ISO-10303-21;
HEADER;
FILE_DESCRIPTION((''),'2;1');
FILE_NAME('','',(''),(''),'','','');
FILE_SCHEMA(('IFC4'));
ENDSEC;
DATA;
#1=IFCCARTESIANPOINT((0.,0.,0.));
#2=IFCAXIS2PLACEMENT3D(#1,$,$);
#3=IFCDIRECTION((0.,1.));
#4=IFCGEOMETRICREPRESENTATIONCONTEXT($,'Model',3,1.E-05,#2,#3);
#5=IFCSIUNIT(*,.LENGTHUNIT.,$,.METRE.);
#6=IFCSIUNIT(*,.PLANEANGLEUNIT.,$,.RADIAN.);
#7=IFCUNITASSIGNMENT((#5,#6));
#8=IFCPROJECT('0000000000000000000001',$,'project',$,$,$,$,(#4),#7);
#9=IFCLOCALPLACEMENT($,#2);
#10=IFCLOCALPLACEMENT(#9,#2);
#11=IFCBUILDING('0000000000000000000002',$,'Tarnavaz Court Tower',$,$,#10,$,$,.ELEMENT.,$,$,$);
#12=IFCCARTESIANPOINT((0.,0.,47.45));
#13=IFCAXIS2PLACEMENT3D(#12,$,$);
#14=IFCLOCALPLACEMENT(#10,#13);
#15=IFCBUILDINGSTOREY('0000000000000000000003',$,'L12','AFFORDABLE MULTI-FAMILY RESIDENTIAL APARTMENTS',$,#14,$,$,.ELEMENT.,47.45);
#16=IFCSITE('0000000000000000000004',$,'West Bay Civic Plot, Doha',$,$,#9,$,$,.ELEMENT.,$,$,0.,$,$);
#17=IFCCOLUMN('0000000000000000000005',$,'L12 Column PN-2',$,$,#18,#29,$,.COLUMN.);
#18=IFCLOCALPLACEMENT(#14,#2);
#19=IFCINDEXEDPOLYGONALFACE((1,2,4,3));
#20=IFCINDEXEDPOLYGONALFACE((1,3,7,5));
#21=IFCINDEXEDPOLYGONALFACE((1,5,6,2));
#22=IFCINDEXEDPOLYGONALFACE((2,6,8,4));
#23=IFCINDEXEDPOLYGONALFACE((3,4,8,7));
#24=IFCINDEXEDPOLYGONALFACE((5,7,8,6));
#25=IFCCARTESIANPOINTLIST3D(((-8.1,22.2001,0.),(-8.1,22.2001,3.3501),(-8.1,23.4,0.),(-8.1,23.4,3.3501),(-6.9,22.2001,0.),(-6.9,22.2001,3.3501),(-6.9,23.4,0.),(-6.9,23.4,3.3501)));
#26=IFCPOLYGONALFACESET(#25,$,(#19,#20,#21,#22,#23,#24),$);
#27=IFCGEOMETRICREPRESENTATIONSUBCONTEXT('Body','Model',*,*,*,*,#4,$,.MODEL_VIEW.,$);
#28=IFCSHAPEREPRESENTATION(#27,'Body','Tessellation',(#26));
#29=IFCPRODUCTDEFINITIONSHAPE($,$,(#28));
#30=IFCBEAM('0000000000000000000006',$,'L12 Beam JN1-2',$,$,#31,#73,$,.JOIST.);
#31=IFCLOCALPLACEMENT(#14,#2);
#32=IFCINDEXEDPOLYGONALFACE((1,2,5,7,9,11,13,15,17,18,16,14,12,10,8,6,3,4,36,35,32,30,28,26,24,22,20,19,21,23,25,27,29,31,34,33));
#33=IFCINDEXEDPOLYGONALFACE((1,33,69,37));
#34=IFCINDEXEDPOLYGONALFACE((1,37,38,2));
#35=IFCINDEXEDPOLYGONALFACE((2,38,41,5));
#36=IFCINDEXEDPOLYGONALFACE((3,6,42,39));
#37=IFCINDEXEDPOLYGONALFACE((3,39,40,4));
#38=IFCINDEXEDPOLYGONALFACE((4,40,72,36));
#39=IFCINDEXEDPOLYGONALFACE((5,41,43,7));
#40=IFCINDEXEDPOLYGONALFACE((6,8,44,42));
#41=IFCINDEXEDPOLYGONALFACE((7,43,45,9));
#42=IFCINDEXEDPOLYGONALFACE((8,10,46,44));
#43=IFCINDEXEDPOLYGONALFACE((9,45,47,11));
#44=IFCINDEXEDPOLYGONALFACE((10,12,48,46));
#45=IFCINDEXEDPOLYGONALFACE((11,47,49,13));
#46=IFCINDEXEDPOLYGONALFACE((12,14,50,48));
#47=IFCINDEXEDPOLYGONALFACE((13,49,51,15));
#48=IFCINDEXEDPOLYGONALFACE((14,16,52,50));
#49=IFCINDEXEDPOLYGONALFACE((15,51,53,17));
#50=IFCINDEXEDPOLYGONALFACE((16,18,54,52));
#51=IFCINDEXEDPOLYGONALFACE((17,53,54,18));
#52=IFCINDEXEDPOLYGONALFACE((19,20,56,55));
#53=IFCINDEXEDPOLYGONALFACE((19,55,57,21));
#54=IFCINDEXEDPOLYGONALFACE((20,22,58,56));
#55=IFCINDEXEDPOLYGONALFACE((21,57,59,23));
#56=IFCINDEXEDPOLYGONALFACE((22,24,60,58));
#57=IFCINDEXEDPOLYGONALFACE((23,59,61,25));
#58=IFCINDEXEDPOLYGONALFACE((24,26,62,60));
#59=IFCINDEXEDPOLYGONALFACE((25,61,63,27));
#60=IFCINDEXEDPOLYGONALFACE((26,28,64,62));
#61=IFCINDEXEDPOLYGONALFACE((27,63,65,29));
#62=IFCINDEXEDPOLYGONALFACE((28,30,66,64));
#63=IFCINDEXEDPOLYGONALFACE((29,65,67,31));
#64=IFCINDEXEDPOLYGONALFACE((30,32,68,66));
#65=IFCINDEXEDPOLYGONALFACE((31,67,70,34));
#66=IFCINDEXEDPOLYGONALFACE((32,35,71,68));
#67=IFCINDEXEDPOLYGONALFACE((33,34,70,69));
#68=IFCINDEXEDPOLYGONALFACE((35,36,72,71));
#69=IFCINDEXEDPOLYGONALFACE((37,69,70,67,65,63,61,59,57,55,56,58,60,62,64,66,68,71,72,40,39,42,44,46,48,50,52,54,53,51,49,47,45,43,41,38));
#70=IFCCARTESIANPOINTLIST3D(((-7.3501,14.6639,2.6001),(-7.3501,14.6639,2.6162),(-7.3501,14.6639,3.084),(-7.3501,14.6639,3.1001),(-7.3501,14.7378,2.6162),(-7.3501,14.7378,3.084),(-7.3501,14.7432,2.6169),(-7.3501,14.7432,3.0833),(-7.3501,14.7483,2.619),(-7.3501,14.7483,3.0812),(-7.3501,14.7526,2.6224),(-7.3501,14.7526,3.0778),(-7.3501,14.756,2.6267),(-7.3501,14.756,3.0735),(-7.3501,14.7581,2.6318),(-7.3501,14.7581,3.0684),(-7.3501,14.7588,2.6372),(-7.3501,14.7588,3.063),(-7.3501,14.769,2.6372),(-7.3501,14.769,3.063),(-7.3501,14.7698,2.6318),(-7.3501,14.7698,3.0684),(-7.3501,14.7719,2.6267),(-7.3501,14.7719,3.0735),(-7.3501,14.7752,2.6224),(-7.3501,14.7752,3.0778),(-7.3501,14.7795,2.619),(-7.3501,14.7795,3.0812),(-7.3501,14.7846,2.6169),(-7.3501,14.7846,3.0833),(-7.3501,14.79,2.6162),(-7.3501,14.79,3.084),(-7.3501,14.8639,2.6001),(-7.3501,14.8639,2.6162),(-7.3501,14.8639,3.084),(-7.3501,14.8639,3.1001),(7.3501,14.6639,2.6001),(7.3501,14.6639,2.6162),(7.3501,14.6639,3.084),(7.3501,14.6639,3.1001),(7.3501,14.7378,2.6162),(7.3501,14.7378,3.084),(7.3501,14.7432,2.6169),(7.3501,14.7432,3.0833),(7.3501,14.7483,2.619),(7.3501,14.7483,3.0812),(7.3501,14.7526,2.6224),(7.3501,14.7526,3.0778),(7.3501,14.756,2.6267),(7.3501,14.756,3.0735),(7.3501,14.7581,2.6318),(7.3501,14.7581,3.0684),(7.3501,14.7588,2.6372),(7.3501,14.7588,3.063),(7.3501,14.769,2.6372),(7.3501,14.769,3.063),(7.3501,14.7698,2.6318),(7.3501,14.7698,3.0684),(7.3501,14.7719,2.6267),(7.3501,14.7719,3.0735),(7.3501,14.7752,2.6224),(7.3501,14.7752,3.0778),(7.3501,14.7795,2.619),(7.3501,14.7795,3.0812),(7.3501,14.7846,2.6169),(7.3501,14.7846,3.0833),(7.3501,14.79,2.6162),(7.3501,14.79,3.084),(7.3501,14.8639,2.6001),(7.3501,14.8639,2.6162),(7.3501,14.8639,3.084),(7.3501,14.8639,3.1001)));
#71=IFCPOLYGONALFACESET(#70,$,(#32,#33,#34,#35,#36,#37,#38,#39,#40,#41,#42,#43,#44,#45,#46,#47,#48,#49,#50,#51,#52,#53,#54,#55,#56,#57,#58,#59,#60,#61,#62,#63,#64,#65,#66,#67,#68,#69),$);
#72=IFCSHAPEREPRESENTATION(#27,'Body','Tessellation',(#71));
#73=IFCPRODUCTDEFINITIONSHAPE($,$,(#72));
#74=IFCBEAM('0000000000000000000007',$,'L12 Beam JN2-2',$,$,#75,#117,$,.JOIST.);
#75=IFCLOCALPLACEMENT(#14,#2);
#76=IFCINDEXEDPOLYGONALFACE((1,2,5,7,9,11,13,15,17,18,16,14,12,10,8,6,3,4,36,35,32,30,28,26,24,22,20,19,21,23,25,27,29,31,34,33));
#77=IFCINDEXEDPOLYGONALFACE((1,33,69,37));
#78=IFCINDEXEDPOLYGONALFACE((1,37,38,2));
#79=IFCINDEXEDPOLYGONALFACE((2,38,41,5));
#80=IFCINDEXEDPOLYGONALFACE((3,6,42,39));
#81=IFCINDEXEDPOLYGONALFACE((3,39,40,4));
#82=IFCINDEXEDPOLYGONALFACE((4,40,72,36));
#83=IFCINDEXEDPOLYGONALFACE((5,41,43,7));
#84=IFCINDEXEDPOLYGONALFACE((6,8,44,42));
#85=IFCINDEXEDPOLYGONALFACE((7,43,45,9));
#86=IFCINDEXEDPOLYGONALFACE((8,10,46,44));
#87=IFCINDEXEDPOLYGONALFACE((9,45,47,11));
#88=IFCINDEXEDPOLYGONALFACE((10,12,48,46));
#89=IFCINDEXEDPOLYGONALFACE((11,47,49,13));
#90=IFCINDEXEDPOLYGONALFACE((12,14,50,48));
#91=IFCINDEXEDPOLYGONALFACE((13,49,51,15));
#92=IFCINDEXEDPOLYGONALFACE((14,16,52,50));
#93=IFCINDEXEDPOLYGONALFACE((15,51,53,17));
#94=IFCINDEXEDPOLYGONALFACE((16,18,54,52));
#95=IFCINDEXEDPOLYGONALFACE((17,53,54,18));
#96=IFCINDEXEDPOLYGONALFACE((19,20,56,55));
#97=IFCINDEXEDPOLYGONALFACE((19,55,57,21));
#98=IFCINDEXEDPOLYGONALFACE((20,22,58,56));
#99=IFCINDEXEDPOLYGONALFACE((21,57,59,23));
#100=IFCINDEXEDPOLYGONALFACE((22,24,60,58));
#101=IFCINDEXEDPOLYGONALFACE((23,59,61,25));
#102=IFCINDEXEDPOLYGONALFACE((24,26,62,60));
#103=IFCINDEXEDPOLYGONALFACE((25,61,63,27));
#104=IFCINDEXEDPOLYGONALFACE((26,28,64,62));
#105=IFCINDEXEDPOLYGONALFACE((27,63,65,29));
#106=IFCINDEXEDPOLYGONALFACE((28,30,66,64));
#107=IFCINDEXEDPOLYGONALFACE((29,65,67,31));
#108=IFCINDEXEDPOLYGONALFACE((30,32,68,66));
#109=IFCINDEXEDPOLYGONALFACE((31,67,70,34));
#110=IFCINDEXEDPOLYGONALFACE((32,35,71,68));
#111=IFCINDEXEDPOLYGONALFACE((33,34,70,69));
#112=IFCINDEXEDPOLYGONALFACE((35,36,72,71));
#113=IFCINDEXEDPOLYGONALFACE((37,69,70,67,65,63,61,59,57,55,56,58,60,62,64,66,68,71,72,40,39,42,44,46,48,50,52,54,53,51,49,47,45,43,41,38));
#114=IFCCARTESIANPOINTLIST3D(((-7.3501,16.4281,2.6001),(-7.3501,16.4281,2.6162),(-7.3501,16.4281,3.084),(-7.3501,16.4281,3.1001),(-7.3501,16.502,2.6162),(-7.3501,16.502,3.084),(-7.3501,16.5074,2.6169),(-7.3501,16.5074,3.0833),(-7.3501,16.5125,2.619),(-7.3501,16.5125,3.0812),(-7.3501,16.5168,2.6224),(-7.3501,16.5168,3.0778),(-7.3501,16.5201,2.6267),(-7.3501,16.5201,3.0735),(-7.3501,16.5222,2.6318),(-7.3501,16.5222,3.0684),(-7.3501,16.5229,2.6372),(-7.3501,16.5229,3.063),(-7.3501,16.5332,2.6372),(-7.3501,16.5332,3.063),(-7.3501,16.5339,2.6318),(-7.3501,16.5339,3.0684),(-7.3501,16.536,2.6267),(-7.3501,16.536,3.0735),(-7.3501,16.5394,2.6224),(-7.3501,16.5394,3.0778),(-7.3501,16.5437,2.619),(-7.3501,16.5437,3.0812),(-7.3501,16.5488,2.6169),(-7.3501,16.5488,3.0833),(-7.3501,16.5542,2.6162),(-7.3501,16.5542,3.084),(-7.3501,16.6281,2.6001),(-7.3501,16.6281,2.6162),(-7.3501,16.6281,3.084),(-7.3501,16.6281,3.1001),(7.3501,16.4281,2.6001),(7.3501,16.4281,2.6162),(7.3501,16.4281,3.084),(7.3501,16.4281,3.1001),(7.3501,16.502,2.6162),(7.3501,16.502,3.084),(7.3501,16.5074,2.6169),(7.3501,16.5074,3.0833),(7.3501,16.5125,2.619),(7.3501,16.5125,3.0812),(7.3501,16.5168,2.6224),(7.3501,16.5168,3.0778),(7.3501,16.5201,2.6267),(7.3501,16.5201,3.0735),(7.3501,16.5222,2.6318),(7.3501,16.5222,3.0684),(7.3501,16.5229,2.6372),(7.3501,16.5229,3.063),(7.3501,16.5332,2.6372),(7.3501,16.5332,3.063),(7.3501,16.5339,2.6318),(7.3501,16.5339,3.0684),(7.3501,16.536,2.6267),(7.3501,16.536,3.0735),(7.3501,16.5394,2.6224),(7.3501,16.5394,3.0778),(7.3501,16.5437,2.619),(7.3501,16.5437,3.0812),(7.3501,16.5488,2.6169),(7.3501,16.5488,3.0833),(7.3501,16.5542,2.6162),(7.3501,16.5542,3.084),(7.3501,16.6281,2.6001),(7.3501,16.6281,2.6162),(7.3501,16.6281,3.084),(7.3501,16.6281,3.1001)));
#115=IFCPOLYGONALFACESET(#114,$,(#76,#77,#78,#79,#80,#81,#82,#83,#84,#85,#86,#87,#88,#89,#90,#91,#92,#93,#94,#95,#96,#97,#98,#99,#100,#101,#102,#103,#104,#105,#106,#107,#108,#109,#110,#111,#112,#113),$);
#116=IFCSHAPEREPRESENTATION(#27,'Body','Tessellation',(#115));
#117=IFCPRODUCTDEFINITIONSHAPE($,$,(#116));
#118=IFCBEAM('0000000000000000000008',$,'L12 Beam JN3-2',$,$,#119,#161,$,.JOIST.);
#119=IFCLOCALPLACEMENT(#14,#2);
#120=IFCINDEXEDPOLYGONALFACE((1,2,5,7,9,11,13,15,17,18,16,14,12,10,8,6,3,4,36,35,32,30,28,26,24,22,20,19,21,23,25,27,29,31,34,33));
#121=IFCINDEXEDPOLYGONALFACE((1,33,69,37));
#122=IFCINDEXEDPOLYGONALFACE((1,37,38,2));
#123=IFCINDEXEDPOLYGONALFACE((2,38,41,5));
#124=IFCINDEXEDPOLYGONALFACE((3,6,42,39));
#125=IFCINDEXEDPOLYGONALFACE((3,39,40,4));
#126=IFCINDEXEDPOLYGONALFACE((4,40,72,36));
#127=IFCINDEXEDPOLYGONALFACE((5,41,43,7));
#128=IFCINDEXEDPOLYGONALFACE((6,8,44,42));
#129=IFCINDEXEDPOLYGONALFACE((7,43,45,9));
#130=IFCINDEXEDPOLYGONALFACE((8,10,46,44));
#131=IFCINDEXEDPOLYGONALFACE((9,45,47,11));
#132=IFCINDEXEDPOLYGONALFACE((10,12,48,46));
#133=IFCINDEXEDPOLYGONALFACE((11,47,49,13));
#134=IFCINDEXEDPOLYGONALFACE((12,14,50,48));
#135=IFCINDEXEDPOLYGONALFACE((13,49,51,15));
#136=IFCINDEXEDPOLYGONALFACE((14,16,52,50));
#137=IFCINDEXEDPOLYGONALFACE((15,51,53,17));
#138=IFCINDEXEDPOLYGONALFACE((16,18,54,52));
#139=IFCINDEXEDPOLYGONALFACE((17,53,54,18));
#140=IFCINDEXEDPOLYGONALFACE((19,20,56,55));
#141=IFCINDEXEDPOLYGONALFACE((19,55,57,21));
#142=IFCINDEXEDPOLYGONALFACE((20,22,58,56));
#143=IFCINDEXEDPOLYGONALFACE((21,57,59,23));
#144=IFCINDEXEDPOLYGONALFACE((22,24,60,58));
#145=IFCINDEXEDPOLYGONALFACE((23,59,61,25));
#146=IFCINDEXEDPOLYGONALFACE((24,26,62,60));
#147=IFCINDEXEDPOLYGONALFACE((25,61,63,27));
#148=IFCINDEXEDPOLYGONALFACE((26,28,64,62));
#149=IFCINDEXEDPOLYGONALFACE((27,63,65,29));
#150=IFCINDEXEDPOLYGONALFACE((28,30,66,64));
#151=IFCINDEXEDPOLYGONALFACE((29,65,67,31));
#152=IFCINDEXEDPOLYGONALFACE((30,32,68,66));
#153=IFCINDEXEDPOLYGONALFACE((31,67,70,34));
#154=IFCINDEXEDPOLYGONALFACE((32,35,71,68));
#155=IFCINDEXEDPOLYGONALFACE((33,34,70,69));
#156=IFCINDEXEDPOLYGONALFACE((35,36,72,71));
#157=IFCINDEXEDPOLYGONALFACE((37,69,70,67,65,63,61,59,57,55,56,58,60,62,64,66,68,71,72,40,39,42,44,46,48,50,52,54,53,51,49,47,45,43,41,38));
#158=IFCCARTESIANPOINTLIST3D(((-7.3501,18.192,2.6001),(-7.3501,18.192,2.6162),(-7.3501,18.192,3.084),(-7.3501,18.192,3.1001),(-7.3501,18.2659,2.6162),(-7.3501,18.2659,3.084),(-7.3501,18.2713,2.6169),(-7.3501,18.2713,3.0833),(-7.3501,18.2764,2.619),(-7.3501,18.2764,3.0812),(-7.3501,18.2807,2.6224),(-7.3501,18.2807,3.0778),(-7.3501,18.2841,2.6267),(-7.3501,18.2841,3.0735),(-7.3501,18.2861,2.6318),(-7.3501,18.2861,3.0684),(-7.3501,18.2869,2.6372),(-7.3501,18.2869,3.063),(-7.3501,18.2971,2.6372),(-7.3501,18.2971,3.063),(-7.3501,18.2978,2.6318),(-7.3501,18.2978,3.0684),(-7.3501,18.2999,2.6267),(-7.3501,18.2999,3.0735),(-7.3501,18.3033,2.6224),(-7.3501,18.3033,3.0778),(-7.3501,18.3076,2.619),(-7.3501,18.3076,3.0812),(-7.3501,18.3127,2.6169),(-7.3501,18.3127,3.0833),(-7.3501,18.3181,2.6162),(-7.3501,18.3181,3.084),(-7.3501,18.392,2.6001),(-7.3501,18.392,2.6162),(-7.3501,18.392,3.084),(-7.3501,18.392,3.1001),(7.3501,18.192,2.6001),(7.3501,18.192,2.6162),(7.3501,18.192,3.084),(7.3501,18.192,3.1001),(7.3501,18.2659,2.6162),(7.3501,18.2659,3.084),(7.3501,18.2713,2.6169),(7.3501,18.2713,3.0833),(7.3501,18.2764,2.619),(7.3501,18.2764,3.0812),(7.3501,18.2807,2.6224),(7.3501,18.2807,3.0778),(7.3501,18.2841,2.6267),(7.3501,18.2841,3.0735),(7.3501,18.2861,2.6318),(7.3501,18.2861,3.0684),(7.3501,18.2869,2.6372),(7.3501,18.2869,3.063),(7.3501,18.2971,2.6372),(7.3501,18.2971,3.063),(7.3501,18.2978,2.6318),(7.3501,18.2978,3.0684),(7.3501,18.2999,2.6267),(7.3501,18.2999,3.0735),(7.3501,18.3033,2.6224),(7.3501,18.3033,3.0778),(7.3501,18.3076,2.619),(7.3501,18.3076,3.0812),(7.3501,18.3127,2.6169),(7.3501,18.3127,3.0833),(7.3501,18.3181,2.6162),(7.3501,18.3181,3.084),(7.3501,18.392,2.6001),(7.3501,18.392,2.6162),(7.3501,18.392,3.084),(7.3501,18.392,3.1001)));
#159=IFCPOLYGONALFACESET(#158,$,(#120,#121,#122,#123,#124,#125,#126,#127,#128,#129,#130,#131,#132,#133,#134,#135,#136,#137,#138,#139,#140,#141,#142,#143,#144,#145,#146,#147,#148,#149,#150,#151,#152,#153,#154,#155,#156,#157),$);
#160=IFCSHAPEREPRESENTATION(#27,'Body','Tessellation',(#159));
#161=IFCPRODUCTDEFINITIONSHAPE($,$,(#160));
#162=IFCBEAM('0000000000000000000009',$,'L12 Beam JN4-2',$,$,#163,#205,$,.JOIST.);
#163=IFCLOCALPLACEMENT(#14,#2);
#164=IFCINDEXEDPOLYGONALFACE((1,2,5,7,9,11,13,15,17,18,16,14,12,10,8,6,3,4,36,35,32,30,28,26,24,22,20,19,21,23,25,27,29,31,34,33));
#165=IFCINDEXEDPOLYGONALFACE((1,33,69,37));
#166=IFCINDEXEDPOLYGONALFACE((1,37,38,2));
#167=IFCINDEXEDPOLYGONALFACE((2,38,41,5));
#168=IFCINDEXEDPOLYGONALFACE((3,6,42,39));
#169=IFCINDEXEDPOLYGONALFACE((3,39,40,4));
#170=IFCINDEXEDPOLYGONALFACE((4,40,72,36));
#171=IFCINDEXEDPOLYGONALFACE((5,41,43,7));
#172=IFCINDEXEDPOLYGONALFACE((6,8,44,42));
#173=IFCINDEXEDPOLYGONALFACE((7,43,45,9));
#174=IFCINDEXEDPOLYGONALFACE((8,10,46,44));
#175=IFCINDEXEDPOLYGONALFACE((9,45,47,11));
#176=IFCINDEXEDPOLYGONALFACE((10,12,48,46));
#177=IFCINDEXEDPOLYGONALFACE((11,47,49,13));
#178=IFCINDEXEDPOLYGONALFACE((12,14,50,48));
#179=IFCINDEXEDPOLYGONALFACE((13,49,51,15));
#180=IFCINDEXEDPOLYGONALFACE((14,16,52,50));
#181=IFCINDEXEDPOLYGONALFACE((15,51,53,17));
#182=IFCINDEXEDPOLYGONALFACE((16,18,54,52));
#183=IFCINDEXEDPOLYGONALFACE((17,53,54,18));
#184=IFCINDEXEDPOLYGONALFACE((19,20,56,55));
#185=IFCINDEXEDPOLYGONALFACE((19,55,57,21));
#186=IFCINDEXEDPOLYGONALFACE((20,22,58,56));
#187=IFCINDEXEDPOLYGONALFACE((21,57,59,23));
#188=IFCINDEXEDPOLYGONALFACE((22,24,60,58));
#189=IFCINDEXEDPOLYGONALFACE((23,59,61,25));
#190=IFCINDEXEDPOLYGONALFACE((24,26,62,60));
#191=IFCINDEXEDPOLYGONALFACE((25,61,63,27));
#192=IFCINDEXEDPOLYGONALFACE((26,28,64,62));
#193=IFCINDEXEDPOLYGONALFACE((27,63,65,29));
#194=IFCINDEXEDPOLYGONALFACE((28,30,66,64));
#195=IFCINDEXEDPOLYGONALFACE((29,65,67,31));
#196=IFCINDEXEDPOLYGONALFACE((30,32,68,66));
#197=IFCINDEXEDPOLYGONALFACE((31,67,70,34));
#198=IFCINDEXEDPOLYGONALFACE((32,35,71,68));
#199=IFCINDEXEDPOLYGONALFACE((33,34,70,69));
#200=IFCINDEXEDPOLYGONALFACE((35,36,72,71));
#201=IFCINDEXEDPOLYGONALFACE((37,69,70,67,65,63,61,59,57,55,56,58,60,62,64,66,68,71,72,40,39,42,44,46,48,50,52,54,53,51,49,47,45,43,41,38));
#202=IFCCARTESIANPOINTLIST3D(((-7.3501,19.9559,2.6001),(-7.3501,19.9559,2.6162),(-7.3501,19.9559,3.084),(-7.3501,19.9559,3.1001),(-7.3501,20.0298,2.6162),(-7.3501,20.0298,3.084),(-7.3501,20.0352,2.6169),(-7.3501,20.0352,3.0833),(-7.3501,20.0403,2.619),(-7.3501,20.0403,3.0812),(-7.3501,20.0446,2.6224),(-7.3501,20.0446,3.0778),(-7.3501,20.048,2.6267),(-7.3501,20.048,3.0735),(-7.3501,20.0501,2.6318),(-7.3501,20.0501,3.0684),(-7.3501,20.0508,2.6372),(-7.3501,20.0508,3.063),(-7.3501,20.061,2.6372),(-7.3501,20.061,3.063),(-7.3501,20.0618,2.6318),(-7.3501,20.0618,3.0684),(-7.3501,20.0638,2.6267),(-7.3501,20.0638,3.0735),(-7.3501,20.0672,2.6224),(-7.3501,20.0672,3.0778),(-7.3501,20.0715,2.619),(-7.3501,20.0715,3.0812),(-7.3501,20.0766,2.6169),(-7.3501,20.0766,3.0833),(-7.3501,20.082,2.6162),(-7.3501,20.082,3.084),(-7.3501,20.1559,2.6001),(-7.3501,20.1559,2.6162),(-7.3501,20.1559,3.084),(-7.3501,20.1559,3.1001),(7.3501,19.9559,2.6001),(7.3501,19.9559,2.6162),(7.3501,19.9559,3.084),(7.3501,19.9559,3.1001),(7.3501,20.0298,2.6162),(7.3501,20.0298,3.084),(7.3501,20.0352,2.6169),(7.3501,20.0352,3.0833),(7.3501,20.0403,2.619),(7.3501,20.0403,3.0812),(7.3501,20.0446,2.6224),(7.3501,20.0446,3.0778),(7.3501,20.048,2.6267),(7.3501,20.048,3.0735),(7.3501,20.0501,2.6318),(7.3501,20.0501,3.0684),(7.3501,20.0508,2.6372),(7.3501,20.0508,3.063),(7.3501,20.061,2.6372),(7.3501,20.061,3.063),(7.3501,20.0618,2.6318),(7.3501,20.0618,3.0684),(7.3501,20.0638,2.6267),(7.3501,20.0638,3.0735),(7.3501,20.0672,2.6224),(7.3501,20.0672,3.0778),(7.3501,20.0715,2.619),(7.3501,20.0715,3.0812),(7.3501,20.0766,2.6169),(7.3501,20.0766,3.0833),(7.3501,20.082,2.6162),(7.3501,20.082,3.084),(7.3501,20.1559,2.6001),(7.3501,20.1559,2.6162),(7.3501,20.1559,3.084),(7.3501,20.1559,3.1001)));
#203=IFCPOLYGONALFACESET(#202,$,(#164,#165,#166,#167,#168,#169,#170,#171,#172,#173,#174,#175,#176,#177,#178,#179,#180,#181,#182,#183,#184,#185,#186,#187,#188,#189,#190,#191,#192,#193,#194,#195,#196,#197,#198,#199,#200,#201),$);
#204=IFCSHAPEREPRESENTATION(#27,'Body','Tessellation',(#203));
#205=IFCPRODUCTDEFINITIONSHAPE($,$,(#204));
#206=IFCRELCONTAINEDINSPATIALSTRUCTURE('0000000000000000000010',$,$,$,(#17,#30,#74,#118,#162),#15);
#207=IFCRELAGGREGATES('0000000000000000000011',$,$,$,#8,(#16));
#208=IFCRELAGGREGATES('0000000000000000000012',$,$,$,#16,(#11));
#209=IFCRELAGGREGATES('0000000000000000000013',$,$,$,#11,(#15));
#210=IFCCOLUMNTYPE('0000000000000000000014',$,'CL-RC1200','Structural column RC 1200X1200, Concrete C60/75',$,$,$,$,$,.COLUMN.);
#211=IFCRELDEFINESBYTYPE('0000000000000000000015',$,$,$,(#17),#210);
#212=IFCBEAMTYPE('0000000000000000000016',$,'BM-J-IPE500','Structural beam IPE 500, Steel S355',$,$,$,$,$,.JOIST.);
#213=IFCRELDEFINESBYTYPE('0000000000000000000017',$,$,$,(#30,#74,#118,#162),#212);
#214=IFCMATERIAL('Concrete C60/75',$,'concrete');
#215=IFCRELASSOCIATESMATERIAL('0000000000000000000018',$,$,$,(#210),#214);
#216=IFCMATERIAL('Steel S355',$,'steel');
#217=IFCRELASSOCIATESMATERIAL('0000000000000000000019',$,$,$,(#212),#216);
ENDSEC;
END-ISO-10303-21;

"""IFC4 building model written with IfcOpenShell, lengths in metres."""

from ifc_helpers import new_model, si_unit, direction, frame, origin, origin_2d, place, context, subcontext, project, spatial, rectangle, i_section, extrude, material, material_profile, profile_set, type_object, element, save


model = new_model("IFC4")

# Units and contexts
model_context = context("Model", 3, precision=1e-05, world=origin(), true_north=direction((0.0, 1.0)))
body_context = subcontext(model_context, "Body", "Model", "MODEL_VIEW")
ifc_project = project(units=[si_unit("LENGTHUNIT", "METRE"), si_unit("PLANEANGLEUNIT", "RADIAN")], contexts=[model_context])

# Site, building, storey
site_placement = place(None, origin())
site = spatial("IfcSite", under=ifc_project, at=site_placement, Name="West Bay Civic Plot, Doha", CompositionType="ELEMENT", RefElevation=0.0)
building_placement = place(site_placement, origin())
building = spatial("IfcBuilding", under=site, at=building_placement, Name="Tarnavaz Court Tower", CompositionType="ELEMENT")
storey_placement = place(building_placement, frame((0.0, 0.0, 47.45)))
storey = spatial("IfcBuildingStorey", under=building, at=storey_placement, Name="L12", Description="AFFORDABLE MULTI-FAMILY RESIDENTIAL APARTMENTS", CompositionType="ELEMENT", Elevation=47.45)

# Column
ifc_material_1 = material(Name="Concrete C60/75", Category="concrete")
ifc_material_profile_1 = material_profile(ifc_material_1, rectangle(XDim=1.2, YDim=1.2, at=origin_2d()), Name="RC 1200X1200")
ifc_profile_set_1 = profile_set([ifc_material_profile_1], Name="Concrete C60/75")
column_type = type_object("IfcColumnType", Name="CL-RC1200", Description="Structural column RC 1200X1200, Concrete C60/75", PredefinedType="COLUMN", material=ifc_profile_set_1)
column_placement = place(storey_placement, frame((-7.5, 22.8, 0.0), z_axis=(0.0, 0.0, 1.0), x_axis=(1.0, 0.0, 0.0)))
element("IfcColumn", 1, at=column_placement, inside=storey, type_object=column_type, Name="L12 Column PN-2", PredefinedType="COLUMN", context=body_context, shape_type="SweptSolid", body=[
    extrude(rectangle(XDim=1.2, YDim=1.2, at=origin_2d()), origin(), (0.0, 0.0, 1.0), 3.3501),
])

# Beams
ifc_material_2 = material(Name="Steel S355", Category="steel")
ifc_material_profile_2 = material_profile(ifc_material_2, i_section(OverallWidth=0.2, OverallDepth=0.5, WebThickness=0.0103, FlangeThickness=0.0161, FilletRadius=0.021, at=origin_2d()), Name="IPE 500")
ifc_profile_set_2 = profile_set([ifc_material_profile_2], Name="Steel S355")
beam_type_1 = type_object("IfcBeamType", Name="BM-J-IPE500", Description="Structural beam IPE 500, Steel S355", PredefinedType="JOIST", material=ifc_profile_set_2)
for number, where, z_axis, x_axis, name in (
    (2, (-7.3501, 14.7639, 2.8501), (1.0, 0.0, 0.0), (0.0, 1.0, 0.0), "L12 Beam JN1-2"),
    (3, (-7.3501, 16.5281, 2.8501), (1.0, 0.0, 0.0), (0.0, 1.0, 0.0), "L12 Beam JN2-2"),
    (4, (-7.3501, 18.292, 2.8501), (1.0, 0.0, 0.0), (0.0, 1.0, 0.0), "L12 Beam JN3-2"),
    (5, (-7.3501, 20.0559, 2.8501), (1.0, 0.0, 0.0), (0.0, 1.0, 0.0), "L12 Beam JN4-2"),
):
    element("IfcBeam", number, at=place(storey_placement, frame(where, z_axis=z_axis, x_axis=x_axis)), inside=storey, type_object=beam_type_1, Name=name, PredefinedType="JOIST", context=body_context, shape_type="SweptSolid", body=[
        extrude(i_section(OverallWidth=0.2, OverallDepth=0.5, WebThickness=0.0103, FlangeThickness=0.0161, FilletRadius=0.021, at=origin_2d()), origin(), (0.0, 0.0, 1.0), 14.7002),
    ])

save(model, "model.ifc")
